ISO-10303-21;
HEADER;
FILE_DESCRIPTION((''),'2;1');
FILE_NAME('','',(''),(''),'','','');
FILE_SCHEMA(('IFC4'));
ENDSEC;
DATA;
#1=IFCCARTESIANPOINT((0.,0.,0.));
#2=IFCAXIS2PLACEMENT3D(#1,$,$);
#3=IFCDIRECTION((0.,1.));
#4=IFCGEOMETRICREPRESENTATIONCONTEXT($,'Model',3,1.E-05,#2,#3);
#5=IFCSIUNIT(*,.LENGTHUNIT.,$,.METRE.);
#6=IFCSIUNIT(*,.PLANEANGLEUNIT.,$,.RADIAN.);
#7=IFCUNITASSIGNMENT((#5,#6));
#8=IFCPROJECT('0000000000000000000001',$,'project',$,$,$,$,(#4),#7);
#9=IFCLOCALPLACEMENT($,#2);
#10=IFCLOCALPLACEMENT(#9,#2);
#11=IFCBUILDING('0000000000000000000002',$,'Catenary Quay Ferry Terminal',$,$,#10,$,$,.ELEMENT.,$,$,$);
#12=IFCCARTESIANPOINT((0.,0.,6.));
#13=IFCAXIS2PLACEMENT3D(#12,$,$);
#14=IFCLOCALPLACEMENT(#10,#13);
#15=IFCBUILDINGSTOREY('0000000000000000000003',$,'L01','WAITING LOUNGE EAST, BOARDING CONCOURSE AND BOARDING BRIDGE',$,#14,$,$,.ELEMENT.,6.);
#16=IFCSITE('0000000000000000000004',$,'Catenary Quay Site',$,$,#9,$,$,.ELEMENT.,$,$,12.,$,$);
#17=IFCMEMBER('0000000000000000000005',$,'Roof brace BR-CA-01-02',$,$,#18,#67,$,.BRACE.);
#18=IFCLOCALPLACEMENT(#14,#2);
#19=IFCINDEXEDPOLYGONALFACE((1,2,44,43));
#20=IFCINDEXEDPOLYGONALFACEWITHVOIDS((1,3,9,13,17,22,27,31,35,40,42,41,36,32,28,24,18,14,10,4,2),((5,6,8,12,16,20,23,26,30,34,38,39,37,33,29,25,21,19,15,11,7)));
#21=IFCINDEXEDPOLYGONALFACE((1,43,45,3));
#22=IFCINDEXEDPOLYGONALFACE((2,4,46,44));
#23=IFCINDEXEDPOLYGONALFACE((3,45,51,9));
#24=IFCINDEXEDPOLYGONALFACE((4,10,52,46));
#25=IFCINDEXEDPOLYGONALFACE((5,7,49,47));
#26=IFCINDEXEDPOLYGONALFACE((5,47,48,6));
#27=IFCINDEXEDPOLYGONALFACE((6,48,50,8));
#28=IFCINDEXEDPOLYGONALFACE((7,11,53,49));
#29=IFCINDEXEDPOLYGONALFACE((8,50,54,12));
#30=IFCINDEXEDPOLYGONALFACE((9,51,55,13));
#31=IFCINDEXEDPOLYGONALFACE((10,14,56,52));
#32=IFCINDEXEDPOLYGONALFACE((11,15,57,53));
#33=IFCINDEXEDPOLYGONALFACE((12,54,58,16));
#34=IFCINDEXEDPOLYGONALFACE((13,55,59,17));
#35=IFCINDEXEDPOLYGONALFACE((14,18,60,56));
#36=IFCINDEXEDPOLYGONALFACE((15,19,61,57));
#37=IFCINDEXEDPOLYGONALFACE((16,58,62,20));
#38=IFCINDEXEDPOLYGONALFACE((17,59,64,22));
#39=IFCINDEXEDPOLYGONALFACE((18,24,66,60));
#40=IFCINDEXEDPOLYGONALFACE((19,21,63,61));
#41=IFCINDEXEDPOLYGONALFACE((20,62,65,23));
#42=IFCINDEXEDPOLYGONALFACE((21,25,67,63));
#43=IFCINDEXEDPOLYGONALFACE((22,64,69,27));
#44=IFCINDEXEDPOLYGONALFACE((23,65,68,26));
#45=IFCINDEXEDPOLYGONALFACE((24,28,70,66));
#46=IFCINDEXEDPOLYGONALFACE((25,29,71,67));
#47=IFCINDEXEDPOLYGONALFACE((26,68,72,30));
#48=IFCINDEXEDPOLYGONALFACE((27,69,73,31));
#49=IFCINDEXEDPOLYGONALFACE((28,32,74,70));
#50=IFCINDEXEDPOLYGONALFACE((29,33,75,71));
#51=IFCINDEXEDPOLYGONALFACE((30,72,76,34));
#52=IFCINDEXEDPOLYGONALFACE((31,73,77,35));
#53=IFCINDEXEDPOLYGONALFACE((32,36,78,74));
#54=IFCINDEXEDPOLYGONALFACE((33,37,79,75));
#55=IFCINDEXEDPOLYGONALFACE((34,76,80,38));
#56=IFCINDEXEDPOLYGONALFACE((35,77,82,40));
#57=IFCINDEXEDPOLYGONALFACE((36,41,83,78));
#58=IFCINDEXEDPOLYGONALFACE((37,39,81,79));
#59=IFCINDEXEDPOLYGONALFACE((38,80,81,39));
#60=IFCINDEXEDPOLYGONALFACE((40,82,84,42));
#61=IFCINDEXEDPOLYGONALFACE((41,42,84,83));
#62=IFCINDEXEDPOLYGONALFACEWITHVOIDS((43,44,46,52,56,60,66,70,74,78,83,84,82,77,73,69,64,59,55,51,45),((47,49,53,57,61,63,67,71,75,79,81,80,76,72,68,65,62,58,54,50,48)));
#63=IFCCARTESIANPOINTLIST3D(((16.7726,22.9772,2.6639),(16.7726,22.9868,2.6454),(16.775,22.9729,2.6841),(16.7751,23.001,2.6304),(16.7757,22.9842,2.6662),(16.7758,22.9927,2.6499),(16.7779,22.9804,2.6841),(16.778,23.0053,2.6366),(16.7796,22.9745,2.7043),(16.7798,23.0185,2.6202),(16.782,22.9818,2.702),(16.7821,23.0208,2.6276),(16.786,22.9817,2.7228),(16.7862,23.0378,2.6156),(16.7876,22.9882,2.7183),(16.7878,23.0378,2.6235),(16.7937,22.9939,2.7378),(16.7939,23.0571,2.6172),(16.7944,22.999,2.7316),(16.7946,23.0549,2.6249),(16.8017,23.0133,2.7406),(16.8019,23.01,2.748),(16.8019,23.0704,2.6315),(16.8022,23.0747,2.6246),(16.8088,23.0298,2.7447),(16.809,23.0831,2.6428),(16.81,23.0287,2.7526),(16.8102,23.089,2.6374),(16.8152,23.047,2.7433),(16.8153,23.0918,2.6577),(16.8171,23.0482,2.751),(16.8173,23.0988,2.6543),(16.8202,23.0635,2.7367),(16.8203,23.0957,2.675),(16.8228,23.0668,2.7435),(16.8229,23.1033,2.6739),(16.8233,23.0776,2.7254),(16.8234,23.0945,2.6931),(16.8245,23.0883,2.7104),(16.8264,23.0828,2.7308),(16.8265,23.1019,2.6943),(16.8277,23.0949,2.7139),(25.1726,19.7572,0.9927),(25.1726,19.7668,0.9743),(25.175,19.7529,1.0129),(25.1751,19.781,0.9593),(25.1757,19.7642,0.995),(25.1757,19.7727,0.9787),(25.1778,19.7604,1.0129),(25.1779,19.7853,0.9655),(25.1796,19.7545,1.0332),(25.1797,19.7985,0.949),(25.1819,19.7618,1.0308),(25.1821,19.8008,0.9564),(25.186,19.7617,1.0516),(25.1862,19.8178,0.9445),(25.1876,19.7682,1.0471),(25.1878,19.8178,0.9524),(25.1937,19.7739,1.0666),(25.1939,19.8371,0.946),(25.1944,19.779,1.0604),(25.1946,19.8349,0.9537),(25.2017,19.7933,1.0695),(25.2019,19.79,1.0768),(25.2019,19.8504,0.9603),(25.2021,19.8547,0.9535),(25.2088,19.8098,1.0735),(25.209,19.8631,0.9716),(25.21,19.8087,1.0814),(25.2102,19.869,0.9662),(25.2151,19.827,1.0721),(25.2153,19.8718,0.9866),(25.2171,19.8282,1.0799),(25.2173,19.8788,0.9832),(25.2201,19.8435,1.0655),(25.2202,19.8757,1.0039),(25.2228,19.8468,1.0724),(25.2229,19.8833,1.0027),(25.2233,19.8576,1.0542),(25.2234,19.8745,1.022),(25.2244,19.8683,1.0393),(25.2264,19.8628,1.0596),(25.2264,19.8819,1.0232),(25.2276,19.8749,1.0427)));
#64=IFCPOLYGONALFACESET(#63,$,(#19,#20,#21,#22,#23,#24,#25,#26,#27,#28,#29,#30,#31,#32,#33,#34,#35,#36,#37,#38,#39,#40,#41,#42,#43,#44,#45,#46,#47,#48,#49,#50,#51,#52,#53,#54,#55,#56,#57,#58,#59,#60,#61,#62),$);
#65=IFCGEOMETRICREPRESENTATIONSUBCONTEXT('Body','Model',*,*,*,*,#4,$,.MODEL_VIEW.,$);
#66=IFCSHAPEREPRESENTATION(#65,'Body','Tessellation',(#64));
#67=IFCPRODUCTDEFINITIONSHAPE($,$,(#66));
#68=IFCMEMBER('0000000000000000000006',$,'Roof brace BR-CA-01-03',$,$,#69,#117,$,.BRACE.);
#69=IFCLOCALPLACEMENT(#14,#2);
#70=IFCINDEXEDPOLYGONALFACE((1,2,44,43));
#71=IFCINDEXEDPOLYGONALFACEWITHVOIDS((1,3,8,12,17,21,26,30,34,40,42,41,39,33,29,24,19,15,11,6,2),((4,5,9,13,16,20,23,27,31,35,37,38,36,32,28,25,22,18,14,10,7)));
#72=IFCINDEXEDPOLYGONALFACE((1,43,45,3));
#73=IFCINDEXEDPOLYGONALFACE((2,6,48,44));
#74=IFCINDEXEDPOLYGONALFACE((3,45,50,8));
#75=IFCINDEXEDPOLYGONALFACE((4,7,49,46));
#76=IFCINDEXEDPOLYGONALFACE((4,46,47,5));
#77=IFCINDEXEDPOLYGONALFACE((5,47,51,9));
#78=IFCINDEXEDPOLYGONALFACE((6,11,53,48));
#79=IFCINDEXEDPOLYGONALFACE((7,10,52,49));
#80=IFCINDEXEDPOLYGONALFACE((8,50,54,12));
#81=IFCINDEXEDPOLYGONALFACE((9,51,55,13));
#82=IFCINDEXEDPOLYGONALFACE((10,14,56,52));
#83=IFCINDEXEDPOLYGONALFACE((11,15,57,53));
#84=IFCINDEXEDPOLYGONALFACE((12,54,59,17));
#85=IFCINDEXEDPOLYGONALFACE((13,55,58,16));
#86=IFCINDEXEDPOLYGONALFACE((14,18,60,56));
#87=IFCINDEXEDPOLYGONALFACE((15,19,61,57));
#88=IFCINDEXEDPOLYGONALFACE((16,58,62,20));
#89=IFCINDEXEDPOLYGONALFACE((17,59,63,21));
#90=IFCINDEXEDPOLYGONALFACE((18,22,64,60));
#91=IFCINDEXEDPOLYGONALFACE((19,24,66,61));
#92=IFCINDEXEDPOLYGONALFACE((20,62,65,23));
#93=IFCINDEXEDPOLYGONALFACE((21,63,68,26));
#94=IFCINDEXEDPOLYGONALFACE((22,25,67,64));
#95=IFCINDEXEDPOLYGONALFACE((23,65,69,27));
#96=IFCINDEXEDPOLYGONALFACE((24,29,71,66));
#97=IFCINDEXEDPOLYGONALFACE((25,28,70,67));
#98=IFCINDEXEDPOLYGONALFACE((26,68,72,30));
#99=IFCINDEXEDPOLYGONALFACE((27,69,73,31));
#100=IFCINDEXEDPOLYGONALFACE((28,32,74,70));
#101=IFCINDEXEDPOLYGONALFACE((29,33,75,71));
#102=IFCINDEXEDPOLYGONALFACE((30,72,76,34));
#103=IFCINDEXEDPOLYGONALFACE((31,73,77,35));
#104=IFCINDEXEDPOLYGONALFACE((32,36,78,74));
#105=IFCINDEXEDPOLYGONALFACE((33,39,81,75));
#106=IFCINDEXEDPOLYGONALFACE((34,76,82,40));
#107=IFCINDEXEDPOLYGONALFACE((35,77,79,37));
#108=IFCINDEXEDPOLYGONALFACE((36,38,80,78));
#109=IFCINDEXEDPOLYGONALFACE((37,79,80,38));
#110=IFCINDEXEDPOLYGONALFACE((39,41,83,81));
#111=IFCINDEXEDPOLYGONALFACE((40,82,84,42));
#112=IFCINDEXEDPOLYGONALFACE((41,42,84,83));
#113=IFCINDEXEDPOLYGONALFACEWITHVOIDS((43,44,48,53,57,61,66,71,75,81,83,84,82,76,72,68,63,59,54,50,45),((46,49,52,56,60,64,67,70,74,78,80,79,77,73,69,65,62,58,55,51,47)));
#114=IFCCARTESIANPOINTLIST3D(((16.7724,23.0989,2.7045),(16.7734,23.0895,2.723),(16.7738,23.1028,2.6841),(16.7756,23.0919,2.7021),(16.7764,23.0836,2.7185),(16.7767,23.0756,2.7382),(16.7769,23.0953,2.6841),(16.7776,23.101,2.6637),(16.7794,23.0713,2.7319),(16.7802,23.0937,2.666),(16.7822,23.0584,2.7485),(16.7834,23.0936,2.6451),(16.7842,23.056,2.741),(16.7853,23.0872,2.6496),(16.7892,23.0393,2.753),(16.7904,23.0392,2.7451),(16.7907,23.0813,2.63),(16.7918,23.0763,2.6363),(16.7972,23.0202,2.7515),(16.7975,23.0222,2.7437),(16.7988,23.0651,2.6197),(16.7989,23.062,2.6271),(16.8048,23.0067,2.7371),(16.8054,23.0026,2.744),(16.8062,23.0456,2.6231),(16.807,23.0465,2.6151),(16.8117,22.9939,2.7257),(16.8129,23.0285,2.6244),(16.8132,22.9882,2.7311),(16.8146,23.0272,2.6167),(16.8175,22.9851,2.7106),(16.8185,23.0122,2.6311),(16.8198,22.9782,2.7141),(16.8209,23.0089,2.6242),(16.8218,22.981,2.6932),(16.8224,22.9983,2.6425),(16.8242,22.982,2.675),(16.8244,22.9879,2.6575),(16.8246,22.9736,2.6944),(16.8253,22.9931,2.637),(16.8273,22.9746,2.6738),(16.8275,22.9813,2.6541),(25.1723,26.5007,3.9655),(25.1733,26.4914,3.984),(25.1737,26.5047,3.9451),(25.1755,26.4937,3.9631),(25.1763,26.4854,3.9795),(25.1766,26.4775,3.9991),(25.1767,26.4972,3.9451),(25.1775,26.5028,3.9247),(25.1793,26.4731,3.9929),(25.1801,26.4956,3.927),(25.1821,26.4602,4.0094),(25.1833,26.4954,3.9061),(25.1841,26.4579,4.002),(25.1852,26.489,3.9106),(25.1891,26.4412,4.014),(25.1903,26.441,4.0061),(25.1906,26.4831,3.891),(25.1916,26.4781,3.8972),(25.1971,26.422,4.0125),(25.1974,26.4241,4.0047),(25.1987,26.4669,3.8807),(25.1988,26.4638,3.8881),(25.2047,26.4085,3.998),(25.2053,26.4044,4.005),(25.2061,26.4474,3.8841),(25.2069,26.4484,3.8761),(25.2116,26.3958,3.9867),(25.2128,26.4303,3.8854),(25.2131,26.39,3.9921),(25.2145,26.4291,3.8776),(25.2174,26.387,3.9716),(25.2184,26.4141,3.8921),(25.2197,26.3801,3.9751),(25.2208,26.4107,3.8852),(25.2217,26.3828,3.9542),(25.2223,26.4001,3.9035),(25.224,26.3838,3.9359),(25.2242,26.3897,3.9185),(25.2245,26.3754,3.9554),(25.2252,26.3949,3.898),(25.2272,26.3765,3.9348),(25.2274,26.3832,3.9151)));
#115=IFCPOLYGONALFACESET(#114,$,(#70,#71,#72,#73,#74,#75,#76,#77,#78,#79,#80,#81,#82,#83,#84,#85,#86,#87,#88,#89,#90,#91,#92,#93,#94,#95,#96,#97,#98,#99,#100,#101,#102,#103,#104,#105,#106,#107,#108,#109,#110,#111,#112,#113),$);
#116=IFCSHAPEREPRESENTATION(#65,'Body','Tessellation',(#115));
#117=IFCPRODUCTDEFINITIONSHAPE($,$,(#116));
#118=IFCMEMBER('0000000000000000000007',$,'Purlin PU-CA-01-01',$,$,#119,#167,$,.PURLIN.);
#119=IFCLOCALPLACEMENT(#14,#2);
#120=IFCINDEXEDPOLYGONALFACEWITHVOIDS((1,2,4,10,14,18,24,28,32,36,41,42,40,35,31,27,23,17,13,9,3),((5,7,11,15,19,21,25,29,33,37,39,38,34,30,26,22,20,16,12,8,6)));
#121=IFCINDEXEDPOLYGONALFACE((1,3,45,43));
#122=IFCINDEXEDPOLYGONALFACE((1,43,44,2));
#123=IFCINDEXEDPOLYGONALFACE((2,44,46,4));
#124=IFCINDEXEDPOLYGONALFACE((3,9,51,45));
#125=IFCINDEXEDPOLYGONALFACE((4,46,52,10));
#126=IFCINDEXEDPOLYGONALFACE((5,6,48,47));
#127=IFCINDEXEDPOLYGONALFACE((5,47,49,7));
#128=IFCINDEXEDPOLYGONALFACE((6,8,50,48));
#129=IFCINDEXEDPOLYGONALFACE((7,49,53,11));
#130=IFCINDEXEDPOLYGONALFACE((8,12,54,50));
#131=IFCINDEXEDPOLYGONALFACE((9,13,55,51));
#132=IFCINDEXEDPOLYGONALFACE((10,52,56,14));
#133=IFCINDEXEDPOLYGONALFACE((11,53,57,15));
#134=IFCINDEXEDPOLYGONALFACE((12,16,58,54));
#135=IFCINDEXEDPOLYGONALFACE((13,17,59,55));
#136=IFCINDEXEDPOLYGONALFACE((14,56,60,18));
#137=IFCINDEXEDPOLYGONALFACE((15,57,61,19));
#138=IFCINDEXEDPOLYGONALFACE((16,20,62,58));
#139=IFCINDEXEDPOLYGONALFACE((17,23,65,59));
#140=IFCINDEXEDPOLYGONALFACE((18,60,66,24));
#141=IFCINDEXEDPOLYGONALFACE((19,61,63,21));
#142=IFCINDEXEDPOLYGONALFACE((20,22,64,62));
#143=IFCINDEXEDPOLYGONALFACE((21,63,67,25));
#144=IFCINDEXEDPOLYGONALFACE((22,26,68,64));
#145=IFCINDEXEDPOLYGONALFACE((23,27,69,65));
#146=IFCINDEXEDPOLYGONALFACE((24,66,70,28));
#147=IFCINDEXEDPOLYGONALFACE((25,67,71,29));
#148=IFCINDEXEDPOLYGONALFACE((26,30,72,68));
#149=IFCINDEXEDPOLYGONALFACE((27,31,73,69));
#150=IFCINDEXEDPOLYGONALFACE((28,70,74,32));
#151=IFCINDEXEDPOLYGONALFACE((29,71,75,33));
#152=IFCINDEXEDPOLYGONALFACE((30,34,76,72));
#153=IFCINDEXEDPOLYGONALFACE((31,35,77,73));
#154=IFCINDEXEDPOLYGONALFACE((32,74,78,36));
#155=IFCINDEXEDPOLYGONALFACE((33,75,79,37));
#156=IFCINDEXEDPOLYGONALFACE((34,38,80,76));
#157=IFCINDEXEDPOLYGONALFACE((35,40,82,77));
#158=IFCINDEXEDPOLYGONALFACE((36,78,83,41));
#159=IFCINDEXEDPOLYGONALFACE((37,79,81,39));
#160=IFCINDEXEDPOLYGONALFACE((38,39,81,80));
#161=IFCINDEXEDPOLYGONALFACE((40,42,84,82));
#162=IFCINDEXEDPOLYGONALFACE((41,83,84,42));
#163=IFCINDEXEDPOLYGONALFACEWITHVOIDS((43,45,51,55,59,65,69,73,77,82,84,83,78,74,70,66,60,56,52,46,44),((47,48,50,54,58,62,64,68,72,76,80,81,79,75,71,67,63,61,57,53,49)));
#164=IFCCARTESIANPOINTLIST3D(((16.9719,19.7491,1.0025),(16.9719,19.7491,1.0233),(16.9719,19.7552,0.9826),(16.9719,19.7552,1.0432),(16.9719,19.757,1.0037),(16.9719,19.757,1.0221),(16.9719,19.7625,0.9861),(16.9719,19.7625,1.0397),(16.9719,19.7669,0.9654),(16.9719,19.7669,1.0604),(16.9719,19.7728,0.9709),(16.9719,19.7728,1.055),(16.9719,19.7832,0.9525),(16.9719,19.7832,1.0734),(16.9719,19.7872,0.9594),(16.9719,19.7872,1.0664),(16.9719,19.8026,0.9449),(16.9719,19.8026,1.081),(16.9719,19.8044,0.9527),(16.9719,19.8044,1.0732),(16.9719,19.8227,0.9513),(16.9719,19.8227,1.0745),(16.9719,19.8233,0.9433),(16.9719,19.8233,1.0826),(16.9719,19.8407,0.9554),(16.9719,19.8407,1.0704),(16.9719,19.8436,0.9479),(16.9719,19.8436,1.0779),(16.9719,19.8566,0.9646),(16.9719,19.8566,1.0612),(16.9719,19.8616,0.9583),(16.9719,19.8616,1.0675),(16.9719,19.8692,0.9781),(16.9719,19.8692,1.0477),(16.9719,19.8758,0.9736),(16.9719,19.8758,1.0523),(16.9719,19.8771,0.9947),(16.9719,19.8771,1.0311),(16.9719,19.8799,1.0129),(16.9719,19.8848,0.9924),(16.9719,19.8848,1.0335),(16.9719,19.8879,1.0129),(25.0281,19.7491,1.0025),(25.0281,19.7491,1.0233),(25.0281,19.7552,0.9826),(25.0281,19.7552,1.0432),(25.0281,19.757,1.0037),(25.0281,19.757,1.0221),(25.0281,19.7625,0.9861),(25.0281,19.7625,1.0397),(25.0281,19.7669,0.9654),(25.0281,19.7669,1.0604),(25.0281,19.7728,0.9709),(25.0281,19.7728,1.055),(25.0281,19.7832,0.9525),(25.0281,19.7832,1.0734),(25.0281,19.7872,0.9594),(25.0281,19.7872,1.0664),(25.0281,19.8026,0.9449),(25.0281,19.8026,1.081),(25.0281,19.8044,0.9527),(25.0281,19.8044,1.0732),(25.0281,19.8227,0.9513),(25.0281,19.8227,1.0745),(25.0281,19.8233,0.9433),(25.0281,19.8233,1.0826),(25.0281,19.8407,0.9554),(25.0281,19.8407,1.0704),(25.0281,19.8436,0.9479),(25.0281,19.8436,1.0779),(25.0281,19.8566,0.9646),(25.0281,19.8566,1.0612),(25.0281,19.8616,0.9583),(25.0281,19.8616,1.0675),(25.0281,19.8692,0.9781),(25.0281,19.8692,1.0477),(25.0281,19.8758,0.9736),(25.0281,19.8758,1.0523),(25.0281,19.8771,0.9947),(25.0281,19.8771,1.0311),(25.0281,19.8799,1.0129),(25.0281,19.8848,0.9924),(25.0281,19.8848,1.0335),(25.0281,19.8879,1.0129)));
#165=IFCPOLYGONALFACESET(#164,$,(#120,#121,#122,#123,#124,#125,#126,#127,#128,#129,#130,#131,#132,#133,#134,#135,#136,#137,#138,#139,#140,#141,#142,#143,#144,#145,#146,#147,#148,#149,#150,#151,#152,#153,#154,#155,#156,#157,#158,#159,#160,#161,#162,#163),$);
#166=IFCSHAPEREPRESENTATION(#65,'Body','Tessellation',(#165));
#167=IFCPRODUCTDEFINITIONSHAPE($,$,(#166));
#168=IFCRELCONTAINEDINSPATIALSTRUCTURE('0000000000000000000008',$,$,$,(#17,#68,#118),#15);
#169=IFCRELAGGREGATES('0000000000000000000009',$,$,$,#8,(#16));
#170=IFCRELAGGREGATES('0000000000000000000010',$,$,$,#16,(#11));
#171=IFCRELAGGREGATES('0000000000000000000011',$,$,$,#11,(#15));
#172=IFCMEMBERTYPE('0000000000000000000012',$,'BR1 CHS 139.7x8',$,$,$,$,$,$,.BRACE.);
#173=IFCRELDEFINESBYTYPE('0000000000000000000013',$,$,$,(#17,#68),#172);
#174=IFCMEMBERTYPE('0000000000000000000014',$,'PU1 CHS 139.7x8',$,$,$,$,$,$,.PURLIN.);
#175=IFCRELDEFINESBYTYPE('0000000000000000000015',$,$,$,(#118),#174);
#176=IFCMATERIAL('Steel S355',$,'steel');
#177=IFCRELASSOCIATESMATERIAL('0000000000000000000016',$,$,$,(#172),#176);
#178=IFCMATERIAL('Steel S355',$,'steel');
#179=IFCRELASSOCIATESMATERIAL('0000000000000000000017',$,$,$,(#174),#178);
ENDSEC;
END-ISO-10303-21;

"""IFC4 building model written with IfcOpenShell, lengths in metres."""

from ifc_helpers import new_model, si_unit, direction, frame, origin, origin_2d, place, context, subcontext, project, spatial, hollow_circle, extrude, material, material_profile, profile_set, type_object, element, save


model = new_model("IFC4")

# Units and contexts
model_context = context("Model", 3, precision=1e-05, world=origin(), true_north=direction((0.0, 1.0)))
body_context = subcontext(model_context, "Body", "Model", "MODEL_VIEW")
ifc_project = project(units=[si_unit("LENGTHUNIT", "METRE"), si_unit("PLANEANGLEUNIT", "RADIAN")], contexts=[model_context])

# Site, building, storey
site_placement = place(None, origin())
site = spatial("IfcSite", under=ifc_project, at=site_placement, Name="Catenary Quay Site", CompositionType="ELEMENT", RefElevation=12.0)
building_placement = place(site_placement, origin())
building = spatial("IfcBuilding", under=site, at=building_placement, Name="Catenary Quay Ferry Terminal", CompositionType="ELEMENT")
storey_placement = place(building_placement, frame((0.0, 0.0, 6.0)))
storey = spatial("IfcBuildingStorey", under=building, at=storey_placement, Name="L01", Description="WAITING LOUNGE EAST, BOARDING CONCOURSE AND BOARDING BRIDGE", CompositionType="ELEMENT", Elevation=6.0)

# Members
ifc_material_1 = material(Name="Steel S355", Category="steel")
ifc_material_profile_1 = material_profile(ifc_material_1, hollow_circle(Radius=0.0698, WallThickness=0.0081, at=origin_2d()), Name="CHS 139.7x8")
ifc_profile_set_1 = profile_set([ifc_material_profile_1], Name="Steel S355")
member_type_1 = type_object("IfcMemberType", Name="BR1 CHS 139.7x8", PredefinedType="BRACE", material=ifc_profile_set_1)
for number, where, z_axis, x_axis, name in (
    (1, (25.2, 19.8181, 1.0129), (-0.91804, 0.351916, 0.182642), (-0.357937, -0.933746, 0.0), "Roof brace BR-CA-01-02"),
    (2, (16.8, 23.0381, 2.6841), (0.91803, 0.371791, 0.137814), (-0.375372, 0.926874, 0.0), "Roof brace BR-CA-01-03"),
):
    element("IfcMember", number, at=place(storey_placement, frame(where, z_axis=z_axis, x_axis=x_axis)), inside=storey, type_object=member_type_1, Name=name, PredefinedType="BRACE", context=body_context, shape_type="SweptSolid", body=[
        extrude(hollow_circle(Radius=0.0698, WallThickness=0.0081, at=origin_2d()), origin(), (0.0, 0.0, 1.0), 9.1499),
    ])
ifc_material_2 = material(Name="Steel S355", Category="steel")
ifc_material_profile_2 = material_profile(ifc_material_2, hollow_circle(Radius=0.0698, WallThickness=0.0081, at=origin_2d()), Name="CHS 139.7x8")
ifc_profile_set_2 = profile_set([ifc_material_profile_2], Name="Steel S355")
member_type_2 = type_object("IfcMemberType", Name="PU1 CHS 139.7x8", PredefinedType="PURLIN", material=ifc_profile_set_2)
for number, where, z_axis, x_axis, name in (
    (3, (16.9719, 19.8181, 1.0129), (1.0, 0.0, 0.0), (0.0, 1.0, 0.0), "Purlin PU-CA-01-01"),
):
    element("IfcMember", number, at=place(storey_placement, frame(where, z_axis=z_axis, x_axis=x_axis)), inside=storey, type_object=member_type_2, Name=name, PredefinedType="PURLIN", context=body_context, shape_type="SweptSolid", body=[
        extrude(hollow_circle(Radius=0.0698, WallThickness=0.0081, at=origin_2d()), origin(), (0.0, 0.0, 1.0), 8.0562),
    ])

save(model, "model.ifc")
